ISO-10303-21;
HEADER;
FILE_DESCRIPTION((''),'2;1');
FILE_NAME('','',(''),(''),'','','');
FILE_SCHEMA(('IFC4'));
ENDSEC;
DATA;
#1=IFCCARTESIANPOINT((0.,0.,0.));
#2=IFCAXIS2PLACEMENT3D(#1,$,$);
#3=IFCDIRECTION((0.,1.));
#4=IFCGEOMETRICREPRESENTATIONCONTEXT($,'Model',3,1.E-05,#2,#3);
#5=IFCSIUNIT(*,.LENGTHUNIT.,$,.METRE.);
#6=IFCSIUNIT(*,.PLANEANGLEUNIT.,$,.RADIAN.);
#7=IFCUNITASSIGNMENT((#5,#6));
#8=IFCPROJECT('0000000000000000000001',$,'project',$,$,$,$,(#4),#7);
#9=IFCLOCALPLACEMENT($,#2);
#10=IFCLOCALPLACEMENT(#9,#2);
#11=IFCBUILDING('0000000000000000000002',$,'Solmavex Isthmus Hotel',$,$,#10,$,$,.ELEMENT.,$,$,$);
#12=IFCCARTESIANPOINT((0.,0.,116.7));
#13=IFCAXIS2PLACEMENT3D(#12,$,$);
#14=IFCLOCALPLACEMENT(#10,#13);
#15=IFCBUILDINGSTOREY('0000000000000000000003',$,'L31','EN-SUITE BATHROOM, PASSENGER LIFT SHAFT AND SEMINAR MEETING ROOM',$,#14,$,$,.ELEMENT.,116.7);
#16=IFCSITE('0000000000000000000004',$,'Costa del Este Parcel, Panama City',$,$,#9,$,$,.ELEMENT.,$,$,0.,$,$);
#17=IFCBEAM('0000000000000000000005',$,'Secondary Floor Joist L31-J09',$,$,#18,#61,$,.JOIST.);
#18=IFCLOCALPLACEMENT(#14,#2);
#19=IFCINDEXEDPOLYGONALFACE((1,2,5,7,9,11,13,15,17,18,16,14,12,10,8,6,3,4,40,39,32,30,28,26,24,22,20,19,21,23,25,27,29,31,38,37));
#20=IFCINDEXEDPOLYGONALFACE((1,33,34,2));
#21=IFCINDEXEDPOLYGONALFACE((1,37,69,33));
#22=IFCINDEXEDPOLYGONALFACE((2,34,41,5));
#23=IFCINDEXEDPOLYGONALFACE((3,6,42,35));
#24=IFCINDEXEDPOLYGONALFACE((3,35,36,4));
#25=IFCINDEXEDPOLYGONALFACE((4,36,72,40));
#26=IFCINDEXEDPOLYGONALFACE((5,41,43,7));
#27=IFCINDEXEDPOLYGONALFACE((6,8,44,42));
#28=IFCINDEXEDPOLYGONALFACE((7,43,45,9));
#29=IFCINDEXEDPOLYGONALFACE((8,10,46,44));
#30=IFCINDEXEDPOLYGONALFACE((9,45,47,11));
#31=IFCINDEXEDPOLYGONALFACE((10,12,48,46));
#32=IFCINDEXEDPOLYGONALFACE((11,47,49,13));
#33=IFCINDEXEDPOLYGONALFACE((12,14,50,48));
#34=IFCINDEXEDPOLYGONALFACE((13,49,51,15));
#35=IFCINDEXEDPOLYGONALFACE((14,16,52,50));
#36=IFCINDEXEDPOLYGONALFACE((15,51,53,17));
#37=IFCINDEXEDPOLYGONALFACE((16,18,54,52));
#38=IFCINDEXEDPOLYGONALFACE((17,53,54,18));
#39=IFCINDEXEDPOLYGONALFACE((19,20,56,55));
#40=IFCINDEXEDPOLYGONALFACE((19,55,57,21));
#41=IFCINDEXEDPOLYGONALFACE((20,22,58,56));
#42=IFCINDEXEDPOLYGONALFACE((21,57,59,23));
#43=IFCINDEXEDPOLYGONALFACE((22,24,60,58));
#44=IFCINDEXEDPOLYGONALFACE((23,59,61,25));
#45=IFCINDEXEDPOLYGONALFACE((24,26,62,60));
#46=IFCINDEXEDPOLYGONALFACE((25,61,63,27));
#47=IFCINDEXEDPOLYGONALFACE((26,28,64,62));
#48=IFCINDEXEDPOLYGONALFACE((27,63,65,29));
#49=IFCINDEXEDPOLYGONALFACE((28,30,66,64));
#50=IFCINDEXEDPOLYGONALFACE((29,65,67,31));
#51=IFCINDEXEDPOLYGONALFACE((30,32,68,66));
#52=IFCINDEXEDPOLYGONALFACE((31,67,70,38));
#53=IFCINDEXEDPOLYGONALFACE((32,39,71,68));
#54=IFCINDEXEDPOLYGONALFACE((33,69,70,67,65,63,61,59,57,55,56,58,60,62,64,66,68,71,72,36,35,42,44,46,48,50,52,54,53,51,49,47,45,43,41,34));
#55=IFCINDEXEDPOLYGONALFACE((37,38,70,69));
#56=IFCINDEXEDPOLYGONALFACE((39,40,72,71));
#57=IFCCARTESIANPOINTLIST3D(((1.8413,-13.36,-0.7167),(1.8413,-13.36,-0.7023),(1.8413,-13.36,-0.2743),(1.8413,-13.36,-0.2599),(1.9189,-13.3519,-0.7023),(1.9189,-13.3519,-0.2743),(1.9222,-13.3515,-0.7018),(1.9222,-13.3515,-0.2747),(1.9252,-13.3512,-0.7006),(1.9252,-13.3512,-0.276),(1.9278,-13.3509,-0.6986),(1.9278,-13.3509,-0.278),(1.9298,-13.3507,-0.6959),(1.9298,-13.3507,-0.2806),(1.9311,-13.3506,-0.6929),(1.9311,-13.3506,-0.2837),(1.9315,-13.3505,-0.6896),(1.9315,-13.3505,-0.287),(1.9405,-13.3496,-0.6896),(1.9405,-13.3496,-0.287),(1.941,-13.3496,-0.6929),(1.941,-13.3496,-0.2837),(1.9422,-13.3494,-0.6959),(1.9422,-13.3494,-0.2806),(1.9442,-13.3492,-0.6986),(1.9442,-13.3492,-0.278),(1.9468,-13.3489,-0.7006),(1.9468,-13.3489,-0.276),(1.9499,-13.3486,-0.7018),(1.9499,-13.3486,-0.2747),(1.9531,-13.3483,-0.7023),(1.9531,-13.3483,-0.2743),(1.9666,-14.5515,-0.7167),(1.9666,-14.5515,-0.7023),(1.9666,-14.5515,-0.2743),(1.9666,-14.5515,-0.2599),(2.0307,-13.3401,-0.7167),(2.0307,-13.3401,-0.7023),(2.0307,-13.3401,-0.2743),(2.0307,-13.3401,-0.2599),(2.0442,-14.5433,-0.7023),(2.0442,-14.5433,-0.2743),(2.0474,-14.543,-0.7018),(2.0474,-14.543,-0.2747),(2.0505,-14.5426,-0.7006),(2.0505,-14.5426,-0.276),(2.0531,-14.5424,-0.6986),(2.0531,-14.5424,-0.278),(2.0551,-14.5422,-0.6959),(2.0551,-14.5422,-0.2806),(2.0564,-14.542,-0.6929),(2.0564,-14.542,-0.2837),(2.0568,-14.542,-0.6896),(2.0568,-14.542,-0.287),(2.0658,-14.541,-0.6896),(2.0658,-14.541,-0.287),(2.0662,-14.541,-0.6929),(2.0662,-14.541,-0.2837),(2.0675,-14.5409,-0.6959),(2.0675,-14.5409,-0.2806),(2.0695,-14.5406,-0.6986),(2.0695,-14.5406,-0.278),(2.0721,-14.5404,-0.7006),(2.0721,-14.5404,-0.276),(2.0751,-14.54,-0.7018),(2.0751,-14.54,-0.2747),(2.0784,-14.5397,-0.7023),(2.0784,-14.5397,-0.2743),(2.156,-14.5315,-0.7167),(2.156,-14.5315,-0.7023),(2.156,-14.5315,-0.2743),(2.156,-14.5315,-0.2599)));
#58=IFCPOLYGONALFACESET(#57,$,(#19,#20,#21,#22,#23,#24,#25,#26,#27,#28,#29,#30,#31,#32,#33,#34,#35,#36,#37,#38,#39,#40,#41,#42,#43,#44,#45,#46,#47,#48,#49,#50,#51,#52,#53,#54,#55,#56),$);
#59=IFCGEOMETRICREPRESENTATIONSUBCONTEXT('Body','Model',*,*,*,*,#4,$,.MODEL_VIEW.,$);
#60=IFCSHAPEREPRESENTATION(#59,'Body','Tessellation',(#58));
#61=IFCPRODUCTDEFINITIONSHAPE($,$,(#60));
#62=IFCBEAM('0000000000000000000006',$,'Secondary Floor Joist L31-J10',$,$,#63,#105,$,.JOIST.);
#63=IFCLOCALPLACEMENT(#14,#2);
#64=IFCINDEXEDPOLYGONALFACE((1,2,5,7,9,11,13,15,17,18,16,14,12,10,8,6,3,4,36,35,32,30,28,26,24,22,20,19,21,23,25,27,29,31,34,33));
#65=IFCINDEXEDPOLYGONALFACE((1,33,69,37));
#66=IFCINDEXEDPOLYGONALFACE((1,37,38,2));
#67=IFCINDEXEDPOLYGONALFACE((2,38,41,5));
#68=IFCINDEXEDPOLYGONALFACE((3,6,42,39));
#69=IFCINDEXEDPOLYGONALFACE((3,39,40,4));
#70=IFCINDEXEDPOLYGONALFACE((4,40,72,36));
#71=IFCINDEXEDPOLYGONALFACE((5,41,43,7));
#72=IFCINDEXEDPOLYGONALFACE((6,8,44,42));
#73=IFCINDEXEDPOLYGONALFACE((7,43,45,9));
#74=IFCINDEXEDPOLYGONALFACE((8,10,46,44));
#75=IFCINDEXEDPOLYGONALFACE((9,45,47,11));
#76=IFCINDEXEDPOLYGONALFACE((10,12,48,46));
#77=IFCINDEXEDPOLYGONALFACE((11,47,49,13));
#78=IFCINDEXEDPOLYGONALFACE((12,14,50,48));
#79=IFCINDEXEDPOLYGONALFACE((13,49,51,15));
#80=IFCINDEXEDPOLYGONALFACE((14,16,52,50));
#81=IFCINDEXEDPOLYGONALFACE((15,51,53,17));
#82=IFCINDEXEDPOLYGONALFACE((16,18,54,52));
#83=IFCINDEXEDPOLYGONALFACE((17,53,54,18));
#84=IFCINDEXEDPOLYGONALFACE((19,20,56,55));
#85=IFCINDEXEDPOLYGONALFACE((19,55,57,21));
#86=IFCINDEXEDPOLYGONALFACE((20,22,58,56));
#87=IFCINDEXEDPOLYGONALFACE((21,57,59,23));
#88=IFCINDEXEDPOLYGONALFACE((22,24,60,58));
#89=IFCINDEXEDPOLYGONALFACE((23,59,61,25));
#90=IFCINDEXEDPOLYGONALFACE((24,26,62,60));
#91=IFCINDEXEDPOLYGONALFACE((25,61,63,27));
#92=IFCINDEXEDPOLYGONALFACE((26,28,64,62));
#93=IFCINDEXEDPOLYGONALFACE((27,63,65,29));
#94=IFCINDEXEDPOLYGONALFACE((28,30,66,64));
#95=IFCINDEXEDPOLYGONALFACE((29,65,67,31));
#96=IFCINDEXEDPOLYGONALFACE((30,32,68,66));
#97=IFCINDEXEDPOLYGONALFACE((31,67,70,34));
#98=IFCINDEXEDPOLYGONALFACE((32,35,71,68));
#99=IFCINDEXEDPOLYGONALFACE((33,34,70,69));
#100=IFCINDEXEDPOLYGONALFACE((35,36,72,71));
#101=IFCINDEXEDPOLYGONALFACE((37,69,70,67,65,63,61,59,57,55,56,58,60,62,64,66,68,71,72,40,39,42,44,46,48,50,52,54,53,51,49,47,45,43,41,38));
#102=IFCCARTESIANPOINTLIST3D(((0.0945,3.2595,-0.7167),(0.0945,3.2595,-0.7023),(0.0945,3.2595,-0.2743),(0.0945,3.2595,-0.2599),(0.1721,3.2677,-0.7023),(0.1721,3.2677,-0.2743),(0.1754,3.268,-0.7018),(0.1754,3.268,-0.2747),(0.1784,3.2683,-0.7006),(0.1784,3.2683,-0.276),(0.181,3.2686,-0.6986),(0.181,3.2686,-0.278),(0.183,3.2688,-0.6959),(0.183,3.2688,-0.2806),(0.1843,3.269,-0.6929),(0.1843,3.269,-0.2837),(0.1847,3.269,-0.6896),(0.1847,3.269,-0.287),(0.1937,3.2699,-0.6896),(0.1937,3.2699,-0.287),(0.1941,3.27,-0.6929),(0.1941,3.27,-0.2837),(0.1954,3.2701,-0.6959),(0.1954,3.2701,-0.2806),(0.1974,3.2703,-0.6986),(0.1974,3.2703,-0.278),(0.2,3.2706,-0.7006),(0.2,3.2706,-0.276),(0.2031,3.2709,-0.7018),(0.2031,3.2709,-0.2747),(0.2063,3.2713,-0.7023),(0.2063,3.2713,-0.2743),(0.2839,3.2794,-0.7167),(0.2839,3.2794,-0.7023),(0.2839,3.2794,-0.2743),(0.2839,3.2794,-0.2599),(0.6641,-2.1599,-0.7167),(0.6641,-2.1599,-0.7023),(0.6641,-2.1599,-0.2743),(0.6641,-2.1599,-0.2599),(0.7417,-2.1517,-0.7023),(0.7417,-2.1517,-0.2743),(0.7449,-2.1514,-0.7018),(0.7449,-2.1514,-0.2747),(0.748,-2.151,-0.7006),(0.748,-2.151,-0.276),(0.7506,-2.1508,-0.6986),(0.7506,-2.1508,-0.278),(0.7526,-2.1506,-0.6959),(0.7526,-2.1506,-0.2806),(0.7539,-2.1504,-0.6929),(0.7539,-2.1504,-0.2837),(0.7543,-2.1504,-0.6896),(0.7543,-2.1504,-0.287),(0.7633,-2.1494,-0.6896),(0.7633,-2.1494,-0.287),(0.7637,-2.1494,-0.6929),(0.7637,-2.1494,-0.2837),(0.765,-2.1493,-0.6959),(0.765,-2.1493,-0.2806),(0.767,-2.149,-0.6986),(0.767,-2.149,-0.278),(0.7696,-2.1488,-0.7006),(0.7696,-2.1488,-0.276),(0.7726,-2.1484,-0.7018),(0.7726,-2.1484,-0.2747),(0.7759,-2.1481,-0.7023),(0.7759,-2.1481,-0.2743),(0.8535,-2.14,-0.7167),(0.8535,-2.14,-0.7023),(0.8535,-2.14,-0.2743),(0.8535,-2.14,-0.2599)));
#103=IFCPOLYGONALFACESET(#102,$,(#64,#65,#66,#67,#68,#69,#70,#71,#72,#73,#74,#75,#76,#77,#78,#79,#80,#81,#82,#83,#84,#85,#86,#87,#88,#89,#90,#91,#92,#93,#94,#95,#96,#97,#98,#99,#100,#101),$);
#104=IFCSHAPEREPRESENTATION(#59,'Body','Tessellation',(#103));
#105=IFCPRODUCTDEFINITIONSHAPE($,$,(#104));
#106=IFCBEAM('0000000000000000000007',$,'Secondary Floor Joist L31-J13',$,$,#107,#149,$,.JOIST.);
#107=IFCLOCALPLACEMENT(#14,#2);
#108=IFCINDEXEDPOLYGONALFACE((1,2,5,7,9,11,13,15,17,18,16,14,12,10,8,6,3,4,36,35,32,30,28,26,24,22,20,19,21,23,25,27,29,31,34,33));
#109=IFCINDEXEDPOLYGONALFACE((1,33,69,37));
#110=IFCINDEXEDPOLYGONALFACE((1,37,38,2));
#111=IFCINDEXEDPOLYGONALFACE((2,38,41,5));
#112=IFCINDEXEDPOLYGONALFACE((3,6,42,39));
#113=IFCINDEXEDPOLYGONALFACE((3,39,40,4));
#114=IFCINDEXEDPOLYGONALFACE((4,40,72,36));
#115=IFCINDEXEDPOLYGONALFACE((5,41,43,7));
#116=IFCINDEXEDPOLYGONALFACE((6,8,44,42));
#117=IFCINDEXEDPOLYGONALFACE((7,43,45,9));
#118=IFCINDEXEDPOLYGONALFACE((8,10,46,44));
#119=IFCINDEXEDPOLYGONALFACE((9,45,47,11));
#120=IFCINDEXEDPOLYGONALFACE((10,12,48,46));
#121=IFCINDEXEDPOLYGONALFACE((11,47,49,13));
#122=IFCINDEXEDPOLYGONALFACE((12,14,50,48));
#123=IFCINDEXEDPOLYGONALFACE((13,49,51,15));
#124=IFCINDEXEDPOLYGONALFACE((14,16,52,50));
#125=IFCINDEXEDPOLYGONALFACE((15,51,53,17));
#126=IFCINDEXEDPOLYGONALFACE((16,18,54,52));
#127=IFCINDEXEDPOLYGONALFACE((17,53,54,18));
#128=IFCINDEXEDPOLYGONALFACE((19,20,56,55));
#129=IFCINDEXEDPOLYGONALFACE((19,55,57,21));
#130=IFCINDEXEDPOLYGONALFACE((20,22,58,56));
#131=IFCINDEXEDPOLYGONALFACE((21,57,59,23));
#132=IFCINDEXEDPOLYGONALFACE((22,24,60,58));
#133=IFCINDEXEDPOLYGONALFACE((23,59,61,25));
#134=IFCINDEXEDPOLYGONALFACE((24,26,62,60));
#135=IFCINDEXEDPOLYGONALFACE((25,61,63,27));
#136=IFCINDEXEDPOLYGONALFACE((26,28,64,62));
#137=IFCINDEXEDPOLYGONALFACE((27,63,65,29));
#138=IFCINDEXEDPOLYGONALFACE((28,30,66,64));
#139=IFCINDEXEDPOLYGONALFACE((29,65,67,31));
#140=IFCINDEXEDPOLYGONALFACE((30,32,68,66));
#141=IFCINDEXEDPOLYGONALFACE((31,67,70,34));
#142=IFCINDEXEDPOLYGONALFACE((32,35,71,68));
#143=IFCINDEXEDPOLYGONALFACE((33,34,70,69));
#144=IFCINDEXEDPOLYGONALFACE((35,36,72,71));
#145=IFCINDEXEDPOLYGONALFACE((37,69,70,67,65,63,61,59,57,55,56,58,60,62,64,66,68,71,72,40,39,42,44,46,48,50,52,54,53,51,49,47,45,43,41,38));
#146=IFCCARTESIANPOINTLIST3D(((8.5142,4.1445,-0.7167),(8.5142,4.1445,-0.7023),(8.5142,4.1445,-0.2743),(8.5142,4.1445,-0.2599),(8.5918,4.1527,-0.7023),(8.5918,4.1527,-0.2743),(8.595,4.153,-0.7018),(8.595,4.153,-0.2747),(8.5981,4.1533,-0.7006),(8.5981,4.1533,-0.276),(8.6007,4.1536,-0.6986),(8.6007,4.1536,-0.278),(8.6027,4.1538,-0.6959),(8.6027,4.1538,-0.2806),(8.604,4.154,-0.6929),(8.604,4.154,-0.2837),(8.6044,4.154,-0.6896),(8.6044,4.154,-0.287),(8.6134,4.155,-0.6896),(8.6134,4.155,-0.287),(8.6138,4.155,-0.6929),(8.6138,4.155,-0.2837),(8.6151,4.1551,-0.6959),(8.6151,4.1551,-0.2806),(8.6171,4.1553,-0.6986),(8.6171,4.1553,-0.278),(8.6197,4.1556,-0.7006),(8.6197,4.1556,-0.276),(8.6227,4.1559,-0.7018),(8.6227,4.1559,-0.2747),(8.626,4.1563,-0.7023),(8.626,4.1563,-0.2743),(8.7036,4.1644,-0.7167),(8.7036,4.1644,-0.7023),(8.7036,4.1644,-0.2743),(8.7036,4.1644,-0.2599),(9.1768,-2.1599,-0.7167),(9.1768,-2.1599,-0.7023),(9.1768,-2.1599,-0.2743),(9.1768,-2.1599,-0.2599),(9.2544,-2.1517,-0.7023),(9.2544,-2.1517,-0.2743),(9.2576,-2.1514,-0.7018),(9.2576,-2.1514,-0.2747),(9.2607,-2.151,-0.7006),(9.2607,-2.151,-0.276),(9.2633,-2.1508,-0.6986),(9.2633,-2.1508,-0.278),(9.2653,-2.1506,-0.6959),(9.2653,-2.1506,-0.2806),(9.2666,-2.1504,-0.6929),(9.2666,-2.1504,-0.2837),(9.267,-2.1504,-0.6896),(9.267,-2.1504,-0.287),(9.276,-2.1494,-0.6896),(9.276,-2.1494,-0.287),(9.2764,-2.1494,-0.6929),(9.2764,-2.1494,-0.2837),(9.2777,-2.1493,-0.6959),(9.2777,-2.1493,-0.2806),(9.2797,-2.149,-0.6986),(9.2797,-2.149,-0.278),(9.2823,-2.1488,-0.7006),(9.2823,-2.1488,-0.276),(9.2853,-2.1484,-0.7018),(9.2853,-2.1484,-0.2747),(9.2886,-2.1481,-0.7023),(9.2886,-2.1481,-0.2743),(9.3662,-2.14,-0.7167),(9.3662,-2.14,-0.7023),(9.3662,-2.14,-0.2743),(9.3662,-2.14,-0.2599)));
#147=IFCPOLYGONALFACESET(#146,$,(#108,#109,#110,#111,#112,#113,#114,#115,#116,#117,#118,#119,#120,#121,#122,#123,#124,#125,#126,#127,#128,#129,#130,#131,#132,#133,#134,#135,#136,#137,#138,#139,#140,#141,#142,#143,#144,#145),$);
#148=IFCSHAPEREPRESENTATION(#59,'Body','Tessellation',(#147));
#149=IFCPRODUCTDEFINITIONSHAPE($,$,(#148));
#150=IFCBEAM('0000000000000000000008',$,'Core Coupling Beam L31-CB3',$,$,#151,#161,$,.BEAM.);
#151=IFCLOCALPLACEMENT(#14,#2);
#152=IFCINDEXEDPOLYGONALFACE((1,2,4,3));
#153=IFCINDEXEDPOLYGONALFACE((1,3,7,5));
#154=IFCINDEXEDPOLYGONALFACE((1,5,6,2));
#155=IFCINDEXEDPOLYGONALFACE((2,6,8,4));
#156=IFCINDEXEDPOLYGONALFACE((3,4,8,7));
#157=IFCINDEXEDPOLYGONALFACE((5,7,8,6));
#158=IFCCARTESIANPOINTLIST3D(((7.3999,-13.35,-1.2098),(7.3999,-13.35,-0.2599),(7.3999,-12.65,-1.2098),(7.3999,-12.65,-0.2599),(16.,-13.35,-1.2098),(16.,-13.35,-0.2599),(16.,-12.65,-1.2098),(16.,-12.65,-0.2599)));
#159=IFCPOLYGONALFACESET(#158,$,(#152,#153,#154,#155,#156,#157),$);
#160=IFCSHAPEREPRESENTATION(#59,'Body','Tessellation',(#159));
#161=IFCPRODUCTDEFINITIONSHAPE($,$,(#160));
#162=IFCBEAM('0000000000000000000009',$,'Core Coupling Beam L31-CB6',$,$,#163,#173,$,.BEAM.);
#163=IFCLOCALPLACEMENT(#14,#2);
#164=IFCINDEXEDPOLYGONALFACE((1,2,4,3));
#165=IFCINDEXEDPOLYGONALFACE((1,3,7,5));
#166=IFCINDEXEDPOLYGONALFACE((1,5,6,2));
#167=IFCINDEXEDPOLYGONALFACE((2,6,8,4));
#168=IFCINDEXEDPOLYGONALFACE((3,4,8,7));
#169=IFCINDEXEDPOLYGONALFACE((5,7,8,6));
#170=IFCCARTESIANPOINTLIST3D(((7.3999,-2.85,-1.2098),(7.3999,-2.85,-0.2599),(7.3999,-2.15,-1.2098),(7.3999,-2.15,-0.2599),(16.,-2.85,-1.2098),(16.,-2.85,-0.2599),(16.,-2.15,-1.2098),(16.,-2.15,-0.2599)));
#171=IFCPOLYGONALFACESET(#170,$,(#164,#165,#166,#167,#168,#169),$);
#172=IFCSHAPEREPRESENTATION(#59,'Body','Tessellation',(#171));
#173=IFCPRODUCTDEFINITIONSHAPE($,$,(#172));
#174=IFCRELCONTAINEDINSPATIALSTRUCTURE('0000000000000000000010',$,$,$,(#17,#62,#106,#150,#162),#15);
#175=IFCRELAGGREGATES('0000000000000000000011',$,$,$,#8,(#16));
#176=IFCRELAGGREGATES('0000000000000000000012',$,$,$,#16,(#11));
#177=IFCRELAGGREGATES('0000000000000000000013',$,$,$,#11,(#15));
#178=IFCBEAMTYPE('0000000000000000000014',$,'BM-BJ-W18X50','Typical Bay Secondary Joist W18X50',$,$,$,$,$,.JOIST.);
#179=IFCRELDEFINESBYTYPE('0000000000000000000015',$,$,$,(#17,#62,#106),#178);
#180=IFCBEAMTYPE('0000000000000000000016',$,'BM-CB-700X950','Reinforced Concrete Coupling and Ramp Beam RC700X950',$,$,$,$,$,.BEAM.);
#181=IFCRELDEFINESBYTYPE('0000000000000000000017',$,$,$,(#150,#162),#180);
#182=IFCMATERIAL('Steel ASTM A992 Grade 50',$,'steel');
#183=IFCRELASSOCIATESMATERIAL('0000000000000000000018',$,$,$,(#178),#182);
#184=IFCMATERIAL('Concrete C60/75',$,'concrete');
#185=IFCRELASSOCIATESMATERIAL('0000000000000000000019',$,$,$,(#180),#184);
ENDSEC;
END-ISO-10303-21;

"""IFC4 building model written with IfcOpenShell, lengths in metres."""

from ifc_helpers import new_model, si_unit, direction, frame, origin, origin_2d, place, context, subcontext, project, spatial, rectangle, i_section, extrude, material, material_profile, profile_set, type_object, element, save


model = new_model("IFC4")

# Units and contexts
model_context = context("Model", 3, precision=1e-05, world=origin(), true_north=direction((0.0, 1.0)))
body_context = subcontext(model_context, "Body", "Model", "MODEL_VIEW")
ifc_project = project(units=[si_unit("LENGTHUNIT", "METRE"), si_unit("PLANEANGLEUNIT", "RADIAN")], contexts=[model_context])

# Site, building, storey
site_placement = place(None, origin())
site = spatial("IfcSite", under=ifc_project, at=site_placement, Name="Costa del Este Parcel, Panama City", CompositionType="ELEMENT", RefElevation=0.0)
building_placement = place(site_placement, origin())
building = spatial("IfcBuilding", under=site, at=building_placement, Name="Solmavex Isthmus Hotel", CompositionType="ELEMENT")
storey_placement = place(building_placement, frame((0.0, 0.0, 116.7)))
storey = spatial("IfcBuildingStorey", under=building, at=storey_placement, Name="L31", Description="EN-SUITE BATHROOM, PASSENGER LIFT SHAFT AND SEMINAR MEETING ROOM", CompositionType="ELEMENT", Elevation=116.7)

# Shared definitions
ifc_material_1 = material(Name="Concrete C60/75", Category="concrete")

# Beams
ifc_material_2 = material(Name="Steel ASTM A992 Grade 50", Category="steel")
ifc_material_profile_1 = material_profile(ifc_material_2, i_section(OverallWidth=0.1904, OverallDepth=0.4568, WebThickness=0.009, FlangeThickness=0.0144, FilletRadius=0.0127, at=origin_2d()), Name="W18X50")
ifc_profile_set_1 = profile_set([ifc_material_profile_1], Name="Steel ASTM A992 Grade 50")
beam_type_1 = type_object("IfcBeamType", Name="BM-BJ-W18X50", Description="Typical Bay Secondary Joist W18X50", PredefinedType="JOIST", material=ifc_profile_set_1)
beam_1_placement = place(storey_placement, frame((2.0613, -14.5415, -0.4883), z_axis=(-0.104547, 0.99452, 0.0), x_axis=(-0.99452, -0.104547, 0.0)))
element("IfcBeam", 1, at=beam_1_placement, inside=storey, type_object=beam_type_1, Name="Secondary Floor Joist L31-J09", PredefinedType="JOIST", context=body_context, shape_type="SweptSolid", body=[
    extrude(i_section(OverallWidth=0.1904, OverallDepth=0.4568, WebThickness=0.009, FlangeThickness=0.0144, FilletRadius=0.0127, at=origin_2d()), origin(), (0.0, 0.0, 1.0), 1.198),
])
beam_2_placement = place(storey_placement, frame((0.7588, -2.1499, -0.4883), z_axis=(-0.104524, 0.994522, 0.0), x_axis=(-0.994522, -0.104524, 0.0)))
element("IfcBeam", 2, at=beam_2_placement, inside=storey, type_object=beam_type_1, Name="Secondary Floor Joist L31-J10", PredefinedType="JOIST", context=body_context, shape_type="SweptSolid", body=[
    extrude(i_section(OverallWidth=0.1904, OverallDepth=0.4568, WebThickness=0.009, FlangeThickness=0.0144, FilletRadius=0.0127, at=origin_2d()), origin(), (0.0, 0.0, 1.0), 5.4492),
])
beam_3_placement = place(storey_placement, frame((9.2715, -2.1499, -0.4883), z_axis=(-0.104524, 0.994522, 0.0), x_axis=(-0.994522, -0.104524, 0.0)))
element("IfcBeam", 3, at=beam_3_placement, inside=storey, type_object=beam_type_1, Name="Secondary Floor Joist L31-J13", PredefinedType="JOIST", context=body_context, shape_type="SweptSolid", body=[
    extrude(i_section(OverallWidth=0.1904, OverallDepth=0.4568, WebThickness=0.009, FlangeThickness=0.0144, FilletRadius=0.0127, at=origin_2d()), origin(), (0.0, 0.0, 1.0), 6.3391),
])
ifc_material_profile_2 = material_profile(ifc_material_1, rectangle(XDim=0.7, YDim=0.95, at=origin_2d()), Name="RC700X950")
ifc_profile_set_2 = profile_set([ifc_material_profile_2], Name="Concrete C60/75")
beam_type_2 = type_object("IfcBeamType", Name="BM-CB-700X950", Description="Reinforced Concrete Coupling and Ramp Beam RC700X950", PredefinedType="BEAM", material=ifc_profile_set_2)
for number, where, z_axis, x_axis, name in (
    (4, (7.3999, -13.0, -0.7349), (1.0, 0.0, 0.0), (0.0, 1.0, 0.0), "Core Coupling Beam L31-CB3"),
    (5, (7.3999, -2.5, -0.7349), (1.0, 0.0, 0.0), (0.0, 1.0, 0.0), "Core Coupling Beam L31-CB6"),
):
    element("IfcBeam", number, at=place(storey_placement, frame(where, z_axis=z_axis, x_axis=x_axis)), inside=storey, type_object=beam_type_2, Name=name, PredefinedType="BEAM", context=body_context, shape_type="SweptSolid", body=[
        extrude(rectangle(XDim=0.7, YDim=0.95, at=origin_2d()), origin(), (0.0, 0.0, 1.0), 8.6001),
    ])

save(model, "model.ifc")
